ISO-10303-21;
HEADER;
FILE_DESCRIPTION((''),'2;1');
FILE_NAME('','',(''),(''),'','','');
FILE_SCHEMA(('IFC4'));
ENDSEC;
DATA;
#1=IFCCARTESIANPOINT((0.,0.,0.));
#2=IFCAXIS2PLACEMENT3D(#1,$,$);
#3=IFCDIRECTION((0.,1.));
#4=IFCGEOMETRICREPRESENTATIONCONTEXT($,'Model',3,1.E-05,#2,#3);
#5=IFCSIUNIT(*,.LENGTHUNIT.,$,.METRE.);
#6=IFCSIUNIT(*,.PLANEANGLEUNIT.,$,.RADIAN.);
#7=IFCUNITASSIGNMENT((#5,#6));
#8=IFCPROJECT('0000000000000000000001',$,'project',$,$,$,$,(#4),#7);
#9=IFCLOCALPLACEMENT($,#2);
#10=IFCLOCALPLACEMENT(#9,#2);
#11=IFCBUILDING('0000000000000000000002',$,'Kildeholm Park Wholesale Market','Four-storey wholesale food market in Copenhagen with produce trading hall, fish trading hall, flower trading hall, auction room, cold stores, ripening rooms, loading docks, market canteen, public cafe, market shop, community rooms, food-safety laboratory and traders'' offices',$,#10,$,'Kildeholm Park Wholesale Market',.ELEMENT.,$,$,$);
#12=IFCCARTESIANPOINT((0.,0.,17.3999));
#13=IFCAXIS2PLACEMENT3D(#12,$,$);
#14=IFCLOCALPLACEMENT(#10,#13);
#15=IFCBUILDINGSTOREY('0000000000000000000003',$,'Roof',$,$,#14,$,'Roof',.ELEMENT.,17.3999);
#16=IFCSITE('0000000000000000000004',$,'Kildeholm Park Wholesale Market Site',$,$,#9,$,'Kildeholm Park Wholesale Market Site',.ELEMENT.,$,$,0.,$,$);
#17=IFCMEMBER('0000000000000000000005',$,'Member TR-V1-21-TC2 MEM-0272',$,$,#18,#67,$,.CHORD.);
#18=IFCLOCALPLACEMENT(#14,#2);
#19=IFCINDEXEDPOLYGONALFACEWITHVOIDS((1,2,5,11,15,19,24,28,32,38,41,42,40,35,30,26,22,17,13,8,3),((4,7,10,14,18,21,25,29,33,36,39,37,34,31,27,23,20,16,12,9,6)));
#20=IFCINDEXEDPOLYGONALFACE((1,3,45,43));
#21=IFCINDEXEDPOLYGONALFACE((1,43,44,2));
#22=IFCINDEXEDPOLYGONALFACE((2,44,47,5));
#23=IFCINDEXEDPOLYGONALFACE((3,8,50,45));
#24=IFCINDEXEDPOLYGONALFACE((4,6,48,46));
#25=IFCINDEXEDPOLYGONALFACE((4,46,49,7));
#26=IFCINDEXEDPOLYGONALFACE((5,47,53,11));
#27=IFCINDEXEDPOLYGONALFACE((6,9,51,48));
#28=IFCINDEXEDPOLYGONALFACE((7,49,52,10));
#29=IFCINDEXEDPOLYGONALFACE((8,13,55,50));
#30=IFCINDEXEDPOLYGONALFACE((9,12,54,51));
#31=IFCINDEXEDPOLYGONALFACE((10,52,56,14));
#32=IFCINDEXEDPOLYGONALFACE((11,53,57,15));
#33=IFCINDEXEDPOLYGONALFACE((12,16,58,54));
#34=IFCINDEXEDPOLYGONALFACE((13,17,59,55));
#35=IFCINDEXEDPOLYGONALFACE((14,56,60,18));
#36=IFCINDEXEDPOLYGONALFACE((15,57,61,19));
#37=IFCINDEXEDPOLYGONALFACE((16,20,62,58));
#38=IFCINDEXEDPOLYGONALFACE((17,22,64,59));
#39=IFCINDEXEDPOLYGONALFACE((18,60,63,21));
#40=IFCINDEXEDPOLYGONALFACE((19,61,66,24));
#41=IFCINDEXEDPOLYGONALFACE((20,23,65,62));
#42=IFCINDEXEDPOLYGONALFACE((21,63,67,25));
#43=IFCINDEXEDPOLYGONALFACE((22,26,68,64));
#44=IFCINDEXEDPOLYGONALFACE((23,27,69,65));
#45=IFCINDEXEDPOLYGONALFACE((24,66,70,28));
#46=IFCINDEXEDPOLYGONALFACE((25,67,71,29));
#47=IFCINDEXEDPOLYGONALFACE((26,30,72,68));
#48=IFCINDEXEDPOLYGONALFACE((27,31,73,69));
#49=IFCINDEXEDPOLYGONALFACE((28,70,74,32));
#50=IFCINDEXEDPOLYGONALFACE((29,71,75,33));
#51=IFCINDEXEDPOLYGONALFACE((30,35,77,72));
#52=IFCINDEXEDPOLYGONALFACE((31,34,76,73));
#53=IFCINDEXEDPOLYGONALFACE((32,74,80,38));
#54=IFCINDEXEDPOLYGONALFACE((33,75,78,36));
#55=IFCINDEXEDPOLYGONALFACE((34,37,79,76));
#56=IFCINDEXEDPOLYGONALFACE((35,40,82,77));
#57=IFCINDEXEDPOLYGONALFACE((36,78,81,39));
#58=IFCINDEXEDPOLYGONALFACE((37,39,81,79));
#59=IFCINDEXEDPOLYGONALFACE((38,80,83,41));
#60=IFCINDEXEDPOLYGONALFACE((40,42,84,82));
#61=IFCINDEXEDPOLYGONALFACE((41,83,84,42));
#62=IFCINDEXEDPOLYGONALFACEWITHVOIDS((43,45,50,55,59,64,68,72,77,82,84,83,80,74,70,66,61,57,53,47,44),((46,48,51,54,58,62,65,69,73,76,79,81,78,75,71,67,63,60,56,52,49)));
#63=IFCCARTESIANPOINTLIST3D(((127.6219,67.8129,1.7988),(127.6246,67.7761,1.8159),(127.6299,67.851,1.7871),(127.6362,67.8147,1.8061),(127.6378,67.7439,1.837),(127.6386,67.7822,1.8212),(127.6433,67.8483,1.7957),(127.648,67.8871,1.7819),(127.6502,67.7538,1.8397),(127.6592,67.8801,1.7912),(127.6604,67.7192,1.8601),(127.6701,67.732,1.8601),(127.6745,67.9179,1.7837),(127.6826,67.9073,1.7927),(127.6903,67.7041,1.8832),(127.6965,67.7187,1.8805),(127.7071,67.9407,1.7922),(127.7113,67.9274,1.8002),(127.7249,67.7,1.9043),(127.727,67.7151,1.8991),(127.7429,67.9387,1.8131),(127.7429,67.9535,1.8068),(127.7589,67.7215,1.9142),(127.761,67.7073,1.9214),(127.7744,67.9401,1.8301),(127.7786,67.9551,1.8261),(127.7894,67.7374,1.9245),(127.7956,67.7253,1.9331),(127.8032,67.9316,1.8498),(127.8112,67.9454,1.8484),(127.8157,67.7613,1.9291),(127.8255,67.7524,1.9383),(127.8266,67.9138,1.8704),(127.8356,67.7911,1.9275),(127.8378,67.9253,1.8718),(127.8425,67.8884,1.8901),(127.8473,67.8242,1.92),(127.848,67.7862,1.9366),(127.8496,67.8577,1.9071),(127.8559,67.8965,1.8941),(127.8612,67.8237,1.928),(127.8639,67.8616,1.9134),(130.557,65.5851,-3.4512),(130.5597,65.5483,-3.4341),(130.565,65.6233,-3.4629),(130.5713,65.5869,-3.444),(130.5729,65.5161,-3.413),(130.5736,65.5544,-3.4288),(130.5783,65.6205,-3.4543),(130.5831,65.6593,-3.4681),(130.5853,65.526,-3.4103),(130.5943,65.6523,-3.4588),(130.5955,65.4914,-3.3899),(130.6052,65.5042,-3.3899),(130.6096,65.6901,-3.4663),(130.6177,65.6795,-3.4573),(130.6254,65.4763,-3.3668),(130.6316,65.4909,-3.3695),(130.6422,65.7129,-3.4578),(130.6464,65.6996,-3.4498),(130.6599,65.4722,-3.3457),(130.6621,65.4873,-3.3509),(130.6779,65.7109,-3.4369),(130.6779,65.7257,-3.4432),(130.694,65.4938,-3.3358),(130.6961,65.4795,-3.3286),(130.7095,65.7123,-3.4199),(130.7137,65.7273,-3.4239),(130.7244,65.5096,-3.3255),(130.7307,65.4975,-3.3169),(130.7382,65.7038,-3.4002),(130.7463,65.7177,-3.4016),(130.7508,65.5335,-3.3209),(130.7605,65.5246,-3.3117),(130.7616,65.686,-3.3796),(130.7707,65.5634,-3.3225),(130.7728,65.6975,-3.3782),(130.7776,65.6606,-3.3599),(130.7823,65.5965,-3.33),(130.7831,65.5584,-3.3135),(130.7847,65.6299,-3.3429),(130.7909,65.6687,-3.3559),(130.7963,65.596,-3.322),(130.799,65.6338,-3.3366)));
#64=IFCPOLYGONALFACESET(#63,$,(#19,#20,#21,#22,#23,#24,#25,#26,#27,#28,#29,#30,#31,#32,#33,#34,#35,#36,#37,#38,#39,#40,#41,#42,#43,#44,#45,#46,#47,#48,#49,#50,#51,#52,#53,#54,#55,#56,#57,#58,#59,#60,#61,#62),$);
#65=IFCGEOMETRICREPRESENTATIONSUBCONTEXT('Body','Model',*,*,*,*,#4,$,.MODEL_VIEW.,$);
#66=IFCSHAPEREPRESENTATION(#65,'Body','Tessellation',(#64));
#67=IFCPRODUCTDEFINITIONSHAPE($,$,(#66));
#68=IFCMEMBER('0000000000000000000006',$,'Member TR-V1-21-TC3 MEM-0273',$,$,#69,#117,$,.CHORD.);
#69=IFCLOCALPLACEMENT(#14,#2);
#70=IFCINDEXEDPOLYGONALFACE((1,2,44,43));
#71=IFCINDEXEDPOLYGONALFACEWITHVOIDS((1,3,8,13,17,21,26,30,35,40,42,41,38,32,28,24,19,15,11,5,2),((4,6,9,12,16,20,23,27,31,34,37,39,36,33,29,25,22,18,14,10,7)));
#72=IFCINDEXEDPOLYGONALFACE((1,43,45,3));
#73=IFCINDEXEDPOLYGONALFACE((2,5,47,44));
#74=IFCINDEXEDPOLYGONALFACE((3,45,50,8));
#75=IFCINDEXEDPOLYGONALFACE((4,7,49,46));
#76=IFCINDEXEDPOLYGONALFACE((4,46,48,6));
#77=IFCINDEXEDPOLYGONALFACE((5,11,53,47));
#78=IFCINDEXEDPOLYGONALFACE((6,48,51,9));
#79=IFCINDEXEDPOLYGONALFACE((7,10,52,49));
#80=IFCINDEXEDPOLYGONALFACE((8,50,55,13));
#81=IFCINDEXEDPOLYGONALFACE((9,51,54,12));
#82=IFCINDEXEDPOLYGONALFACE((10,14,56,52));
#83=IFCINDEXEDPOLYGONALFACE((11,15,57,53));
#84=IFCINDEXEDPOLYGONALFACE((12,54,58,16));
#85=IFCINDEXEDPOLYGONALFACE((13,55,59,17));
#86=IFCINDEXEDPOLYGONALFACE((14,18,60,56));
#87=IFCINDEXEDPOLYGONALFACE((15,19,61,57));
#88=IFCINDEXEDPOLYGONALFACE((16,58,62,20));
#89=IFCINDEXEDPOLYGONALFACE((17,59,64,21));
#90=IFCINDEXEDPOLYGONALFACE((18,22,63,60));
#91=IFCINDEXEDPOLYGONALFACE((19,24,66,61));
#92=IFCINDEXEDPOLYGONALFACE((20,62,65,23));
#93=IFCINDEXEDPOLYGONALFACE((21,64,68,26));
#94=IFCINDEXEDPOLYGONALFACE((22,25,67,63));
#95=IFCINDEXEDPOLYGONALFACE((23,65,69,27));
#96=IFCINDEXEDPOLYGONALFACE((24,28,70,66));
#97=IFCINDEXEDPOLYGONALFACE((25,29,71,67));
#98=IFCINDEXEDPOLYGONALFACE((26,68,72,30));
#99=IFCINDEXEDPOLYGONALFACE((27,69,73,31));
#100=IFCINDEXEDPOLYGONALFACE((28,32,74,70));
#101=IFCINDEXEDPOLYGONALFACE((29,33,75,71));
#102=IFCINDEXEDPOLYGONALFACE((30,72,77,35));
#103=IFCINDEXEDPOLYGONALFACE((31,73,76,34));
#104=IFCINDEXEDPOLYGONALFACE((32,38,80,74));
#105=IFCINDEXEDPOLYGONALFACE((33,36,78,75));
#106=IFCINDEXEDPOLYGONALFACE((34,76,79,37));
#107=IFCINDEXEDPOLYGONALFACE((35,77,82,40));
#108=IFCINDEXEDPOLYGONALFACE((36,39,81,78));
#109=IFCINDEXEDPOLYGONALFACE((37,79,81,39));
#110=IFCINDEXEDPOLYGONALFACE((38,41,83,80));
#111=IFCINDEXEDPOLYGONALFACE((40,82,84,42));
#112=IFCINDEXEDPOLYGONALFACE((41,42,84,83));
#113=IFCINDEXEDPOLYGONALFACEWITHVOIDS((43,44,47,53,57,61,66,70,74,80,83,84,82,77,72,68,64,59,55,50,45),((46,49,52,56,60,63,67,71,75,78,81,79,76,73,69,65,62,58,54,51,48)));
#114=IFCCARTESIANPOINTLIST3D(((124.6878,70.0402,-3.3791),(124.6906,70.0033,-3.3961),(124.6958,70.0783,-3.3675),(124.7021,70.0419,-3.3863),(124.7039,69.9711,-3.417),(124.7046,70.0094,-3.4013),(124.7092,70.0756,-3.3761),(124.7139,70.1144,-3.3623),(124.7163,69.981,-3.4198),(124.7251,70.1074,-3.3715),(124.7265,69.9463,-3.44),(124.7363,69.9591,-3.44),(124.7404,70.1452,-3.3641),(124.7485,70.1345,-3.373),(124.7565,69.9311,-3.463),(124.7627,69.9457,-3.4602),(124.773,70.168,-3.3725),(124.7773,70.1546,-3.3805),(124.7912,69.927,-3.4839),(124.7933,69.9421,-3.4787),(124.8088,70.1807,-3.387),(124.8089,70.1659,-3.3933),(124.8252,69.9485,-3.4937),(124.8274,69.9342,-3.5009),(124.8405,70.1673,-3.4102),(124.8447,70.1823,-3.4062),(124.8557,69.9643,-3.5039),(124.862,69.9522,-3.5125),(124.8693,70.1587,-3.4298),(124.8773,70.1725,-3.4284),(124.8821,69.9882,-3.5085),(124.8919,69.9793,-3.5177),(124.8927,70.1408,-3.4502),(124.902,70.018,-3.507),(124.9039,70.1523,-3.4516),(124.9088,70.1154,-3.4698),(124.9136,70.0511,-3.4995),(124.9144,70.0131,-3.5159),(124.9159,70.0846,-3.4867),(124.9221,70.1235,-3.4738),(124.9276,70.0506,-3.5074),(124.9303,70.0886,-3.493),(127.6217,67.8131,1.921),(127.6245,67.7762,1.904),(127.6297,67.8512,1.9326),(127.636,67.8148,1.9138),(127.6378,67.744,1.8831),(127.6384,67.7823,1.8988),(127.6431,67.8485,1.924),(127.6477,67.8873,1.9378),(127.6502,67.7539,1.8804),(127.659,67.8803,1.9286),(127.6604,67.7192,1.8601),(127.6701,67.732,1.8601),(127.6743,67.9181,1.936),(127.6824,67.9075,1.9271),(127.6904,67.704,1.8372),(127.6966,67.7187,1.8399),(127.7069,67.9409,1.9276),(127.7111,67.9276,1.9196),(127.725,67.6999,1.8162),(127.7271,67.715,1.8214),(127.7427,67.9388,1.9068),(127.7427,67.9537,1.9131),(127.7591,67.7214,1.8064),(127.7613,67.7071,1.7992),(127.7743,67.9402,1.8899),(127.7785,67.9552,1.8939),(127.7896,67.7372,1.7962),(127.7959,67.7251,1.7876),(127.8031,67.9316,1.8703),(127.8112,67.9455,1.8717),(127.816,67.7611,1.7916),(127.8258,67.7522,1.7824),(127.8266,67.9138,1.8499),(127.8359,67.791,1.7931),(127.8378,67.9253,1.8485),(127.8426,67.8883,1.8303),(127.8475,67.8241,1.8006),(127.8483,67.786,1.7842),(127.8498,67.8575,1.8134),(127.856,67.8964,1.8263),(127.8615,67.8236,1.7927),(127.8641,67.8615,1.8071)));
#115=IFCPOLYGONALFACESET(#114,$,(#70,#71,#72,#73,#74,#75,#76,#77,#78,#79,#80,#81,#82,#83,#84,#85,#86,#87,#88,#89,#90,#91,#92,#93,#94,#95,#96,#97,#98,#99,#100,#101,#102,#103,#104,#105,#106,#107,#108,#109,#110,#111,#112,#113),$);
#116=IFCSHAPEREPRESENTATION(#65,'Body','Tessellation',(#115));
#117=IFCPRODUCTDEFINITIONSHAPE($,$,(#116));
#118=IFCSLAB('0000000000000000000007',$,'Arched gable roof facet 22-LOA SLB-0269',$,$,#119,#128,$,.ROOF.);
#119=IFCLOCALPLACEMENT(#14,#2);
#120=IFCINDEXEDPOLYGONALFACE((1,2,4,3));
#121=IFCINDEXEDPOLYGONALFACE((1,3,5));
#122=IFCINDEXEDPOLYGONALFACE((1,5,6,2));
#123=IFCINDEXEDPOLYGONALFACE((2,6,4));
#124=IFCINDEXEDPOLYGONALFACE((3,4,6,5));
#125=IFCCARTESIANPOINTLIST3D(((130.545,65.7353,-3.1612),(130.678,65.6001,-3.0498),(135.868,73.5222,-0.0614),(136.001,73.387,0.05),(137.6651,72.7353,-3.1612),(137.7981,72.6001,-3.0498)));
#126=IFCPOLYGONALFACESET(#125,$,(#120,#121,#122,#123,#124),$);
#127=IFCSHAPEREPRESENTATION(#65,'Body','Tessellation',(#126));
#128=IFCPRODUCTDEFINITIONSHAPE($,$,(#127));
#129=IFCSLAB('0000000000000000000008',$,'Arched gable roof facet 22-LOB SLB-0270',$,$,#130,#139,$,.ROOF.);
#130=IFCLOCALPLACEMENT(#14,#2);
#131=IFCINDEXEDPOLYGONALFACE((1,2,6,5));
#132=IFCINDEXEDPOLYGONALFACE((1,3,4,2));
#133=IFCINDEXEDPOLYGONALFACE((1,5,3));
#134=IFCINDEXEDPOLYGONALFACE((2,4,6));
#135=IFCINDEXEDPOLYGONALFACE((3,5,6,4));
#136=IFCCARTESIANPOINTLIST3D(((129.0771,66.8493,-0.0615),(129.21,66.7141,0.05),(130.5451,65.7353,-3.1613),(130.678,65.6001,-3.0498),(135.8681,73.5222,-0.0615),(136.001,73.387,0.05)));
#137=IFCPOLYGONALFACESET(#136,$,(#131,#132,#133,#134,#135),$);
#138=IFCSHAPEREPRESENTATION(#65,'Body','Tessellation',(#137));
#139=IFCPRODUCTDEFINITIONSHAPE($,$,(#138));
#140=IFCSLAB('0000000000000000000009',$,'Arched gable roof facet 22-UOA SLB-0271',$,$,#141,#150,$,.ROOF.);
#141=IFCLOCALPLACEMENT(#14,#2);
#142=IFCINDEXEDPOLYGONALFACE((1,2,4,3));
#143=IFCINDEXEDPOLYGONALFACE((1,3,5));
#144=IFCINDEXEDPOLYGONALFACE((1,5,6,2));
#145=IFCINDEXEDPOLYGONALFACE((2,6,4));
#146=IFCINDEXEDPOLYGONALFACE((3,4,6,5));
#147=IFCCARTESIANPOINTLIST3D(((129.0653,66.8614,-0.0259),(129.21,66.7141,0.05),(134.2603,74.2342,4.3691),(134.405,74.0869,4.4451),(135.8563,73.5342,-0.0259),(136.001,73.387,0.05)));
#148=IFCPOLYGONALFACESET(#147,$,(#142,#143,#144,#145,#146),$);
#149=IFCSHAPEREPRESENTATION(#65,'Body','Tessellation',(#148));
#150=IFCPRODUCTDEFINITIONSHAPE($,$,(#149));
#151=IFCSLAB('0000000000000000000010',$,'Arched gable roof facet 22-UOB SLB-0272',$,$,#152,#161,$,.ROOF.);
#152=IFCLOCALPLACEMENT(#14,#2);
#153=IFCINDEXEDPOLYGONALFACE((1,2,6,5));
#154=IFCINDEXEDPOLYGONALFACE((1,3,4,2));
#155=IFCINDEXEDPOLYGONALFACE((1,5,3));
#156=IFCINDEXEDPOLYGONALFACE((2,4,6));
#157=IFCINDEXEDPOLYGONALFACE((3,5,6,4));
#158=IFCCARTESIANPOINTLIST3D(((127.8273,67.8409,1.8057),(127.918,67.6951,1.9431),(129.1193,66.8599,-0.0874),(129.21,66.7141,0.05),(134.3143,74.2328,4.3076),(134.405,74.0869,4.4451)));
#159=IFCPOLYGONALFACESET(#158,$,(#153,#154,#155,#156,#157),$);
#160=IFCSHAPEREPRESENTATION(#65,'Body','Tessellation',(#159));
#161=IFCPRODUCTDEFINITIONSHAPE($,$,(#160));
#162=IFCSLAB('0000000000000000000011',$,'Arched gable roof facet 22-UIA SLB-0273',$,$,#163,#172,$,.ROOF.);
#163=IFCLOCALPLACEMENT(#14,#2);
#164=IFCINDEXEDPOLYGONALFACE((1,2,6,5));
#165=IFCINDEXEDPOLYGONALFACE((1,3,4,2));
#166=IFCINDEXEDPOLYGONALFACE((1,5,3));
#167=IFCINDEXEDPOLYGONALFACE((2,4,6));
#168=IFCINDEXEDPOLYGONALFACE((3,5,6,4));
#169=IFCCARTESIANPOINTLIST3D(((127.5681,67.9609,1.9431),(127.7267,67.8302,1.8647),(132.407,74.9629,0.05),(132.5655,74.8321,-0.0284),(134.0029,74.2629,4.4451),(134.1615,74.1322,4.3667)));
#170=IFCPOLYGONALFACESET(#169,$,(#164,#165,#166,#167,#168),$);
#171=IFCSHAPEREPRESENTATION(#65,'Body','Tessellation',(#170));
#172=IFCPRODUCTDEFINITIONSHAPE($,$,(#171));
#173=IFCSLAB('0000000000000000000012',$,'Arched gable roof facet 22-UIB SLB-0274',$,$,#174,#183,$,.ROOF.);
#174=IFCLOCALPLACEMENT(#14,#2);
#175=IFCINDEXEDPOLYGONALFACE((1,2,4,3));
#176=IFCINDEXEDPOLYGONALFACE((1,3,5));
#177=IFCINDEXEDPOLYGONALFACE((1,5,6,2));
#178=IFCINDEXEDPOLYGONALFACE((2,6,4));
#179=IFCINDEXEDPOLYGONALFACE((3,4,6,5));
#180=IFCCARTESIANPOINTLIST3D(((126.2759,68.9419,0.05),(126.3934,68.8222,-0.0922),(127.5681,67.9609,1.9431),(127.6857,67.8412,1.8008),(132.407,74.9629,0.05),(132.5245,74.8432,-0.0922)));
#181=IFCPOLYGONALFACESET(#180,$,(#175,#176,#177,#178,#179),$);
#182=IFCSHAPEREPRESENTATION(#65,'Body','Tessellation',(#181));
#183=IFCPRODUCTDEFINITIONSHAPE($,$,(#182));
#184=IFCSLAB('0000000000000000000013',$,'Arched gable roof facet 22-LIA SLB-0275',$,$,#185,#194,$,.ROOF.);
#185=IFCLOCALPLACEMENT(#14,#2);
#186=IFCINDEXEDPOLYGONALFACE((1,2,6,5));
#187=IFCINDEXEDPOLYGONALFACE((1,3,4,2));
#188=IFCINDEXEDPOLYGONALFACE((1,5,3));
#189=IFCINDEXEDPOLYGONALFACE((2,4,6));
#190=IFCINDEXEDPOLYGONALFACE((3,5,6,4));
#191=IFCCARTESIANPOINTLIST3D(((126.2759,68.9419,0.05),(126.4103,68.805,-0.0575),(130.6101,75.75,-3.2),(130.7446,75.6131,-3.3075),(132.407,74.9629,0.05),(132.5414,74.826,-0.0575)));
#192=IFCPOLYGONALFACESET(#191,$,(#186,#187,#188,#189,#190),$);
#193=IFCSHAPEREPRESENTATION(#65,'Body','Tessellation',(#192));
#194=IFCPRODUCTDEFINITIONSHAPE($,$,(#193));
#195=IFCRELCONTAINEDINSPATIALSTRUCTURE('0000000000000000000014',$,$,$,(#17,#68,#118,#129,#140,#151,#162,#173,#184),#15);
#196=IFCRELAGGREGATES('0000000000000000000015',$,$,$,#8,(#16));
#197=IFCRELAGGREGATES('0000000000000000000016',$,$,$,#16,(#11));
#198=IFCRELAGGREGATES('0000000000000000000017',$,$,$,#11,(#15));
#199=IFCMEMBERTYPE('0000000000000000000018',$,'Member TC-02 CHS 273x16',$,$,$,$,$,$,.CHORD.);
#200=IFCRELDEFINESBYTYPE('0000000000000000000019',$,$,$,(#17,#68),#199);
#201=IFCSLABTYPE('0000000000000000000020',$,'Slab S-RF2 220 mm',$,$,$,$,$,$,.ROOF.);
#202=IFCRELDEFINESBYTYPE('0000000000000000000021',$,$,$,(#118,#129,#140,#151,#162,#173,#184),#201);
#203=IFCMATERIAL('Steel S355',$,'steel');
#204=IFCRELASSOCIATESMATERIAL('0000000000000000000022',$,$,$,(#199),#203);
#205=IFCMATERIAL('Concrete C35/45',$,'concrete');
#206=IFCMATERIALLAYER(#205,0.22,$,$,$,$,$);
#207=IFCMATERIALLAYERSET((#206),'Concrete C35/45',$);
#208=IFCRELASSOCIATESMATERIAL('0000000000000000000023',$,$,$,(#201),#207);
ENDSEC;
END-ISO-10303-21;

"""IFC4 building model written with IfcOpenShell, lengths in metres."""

from ifc_helpers import new_model, si_unit, direction, frame, origin, origin_2d, place, context, subcontext, project, spatial, polyline, hollow_circle, outline, extrude, material, layer, layer_set, material_profile, profile_set, type_object, element, save


model = new_model("IFC4")

# Units and contexts
model_context = context("Model", 3, precision=1e-05, world=origin(), true_north=direction((0.0, 1.0)))
body_context = subcontext(model_context, "Body", "Model", "MODEL_VIEW")
ifc_project = project(units=[si_unit("LENGTHUNIT", "METRE"), si_unit("PLANEANGLEUNIT", "RADIAN")], contexts=[model_context])

# Site, building, storey
site_placement = place(None, origin())
site = spatial("IfcSite", under=ifc_project, at=site_placement, Name="Kildeholm Park Wholesale Market Site", LongName="Kildeholm Park Wholesale Market Site", CompositionType="ELEMENT", RefElevation=0.0)
building_placement = place(site_placement, origin())
building = spatial("IfcBuilding", under=site, at=building_placement, Name="Kildeholm Park Wholesale Market", Description="Four-storey wholesale food market in Copenhagen with produce trading hall, fish trading hall, flower trading hall, auction room, cold stores, ripening rooms, loading docks, market canteen, public cafe, market shop, community rooms, food-safety laboratory and traders' offices", LongName="Kildeholm Park Wholesale Market", CompositionType="ELEMENT")
storey_placement = place(building_placement, frame((0.0, 0.0, 17.3999)))
storey = spatial("IfcBuildingStorey", under=building, at=storey_placement, Name="Roof", LongName="Roof", CompositionType="ELEMENT", Elevation=17.3999)

# Members
ifc_material_1 = material(Name="Steel S355", Category="steel")
ifc_material_profile_1 = material_profile(ifc_material_1, hollow_circle(Radius=0.1365, WallThickness=0.0161, at=origin_2d()), Name="CHS 273x16")
ifc_profile_set_1 = profile_set([ifc_material_profile_1], Name="Steel S355")
member_type_1 = type_object("IfcMemberType", Name="Member TC-02 CHS 273x16", PredefinedType="CHORD", material=ifc_profile_set_1)
member_1_placement = place(storey_placement, frame((130.678, 65.6001, -3.3899), z_axis=(-0.457598, 0.347328, 0.818515), x_axis=(-0.604591, -0.796536, 0.0)))
element("IfcMember", 1, at=member_1_placement, inside=storey, type_object=member_type_1, Name="Member TR-V1-21-TC2 MEM-0272", PredefinedType="CHORD", context=body_context, shape_type="SweptSolid", body=[
    extrude(hollow_circle(Radius=0.1365, WallThickness=0.0161, at=origin_2d()), origin(), (0.0, 0.0, 1.0), 6.4141),
])
member_2_placement = place(storey_placement, frame((127.7429, 67.8279, 1.8601), z_axis=(-0.454557, 0.34505, -0.821169), x_axis=(-0.604624, -0.796511, 0.0)))
element("IfcMember", 2, at=member_2_placement, inside=storey, type_object=member_type_1, Name="Member TR-V1-21-TC3 MEM-0273", PredefinedType="CHORD", context=body_context, shape_type="SweptSolid", body=[
    extrude(hollow_circle(Radius=0.1365, WallThickness=0.0161, at=origin_2d()), origin(), (0.0, 0.0, 1.0), 6.4543),
])

# Slabs
ifc_material_2 = material(Name="Concrete C35/45", Category="concrete")
ifc_layer_1 = layer(ifc_material_2, 0.22)
ifc_layer_set_1 = layer_set([ifc_layer_1], Name="Concrete C35/45")
slab_type = type_object("IfcSlabType", Name="Slab S-RF2 220 mm", PredefinedType="ROOF", material=ifc_layer_set_1)
slab_1_placement = place(storey_placement, frame((130.678, 65.6001, -3.0498), z_axis=(0.60448, -0.614853, 0.506517), x_axis=(0.713096, 0.701066, 0.0)))
element("IfcSlab", 3, at=slab_1_placement, inside=storey, type_object=slab_type, Name="Arched gable roof facet 22-LOA SLB-0269", PredefinedType="ROOF", context=body_context, shape_type="SweptSolid", body=[
    extrude(outline(polyline([(0.0, 0.0), (9.9848, 0.0), (9.2549, 3.5952), (0.0, 0.0)])), origin(), (0.0, 0.0, -1.0), 0.22),
])
slab_2_placement = place(storey_placement, frame((130.678, 65.6001, -3.0498), z_axis=(0.604102, -0.6148, 0.507033), x_axis=(0.536123, 0.78428, 0.312212)))
element("IfcSlab", 4, at=slab_2_placement, inside=storey, type_object=slab_type, Name="Arched gable roof facet 22-LOB SLB-0270", PredefinedType="ROOF", context=body_context, shape_type="SweptSolid", body=[
    extrude(outline(polyline([(0.0, 0.0), (9.9287, 0.0), (1.0545, 3.4487), (0.0, 0.0)])), origin(), (0.0, 0.0, -1.0), 0.22),
])
slab_3_placement = place(storey_placement, frame((129.21, 66.7141, 0.05), z_axis=(0.657728, -0.669375, 0.345443), x_axis=(0.713285, 0.700874, 0.0)))
element("IfcSlab", 5, at=slab_3_placement, inside=storey, type_object=slab_type, Name="Arched gable roof facet 22-UOA SLB-0271", PredefinedType="ROOF", context=body_context, shape_type="SweptSolid", body=[
    extrude(outline(polyline([(0.0, 0.0), (9.5208, 0.0), (8.873, 4.6833), (0.0, 0.0)])), origin(), (0.0, 0.0, -1.0), 0.22),
])
slab_4_placement = place(storey_placement, frame((129.21, 66.7141, 0.05), z_axis=(0.412244, -0.662989, 0.624901), x_axis=(0.517793, 0.734848, 0.438052)))
element("IfcSlab", 6, at=slab_4_placement, inside=storey, type_object=slab_type, Name="Arched gable roof facet 22-UOB SLB-0272", PredefinedType="ROOF", context=body_context, shape_type="SweptSolid", body=[
    extrude(outline(polyline([(0.0, 0.0), (10.0331, 0.0), (0.8811, 2.3321), (0.0, 0.0)])), origin(), (0.0, 0.0, -1.0), 0.22),
])
slab_5_placement = place(storey_placement, frame((127.5681, 67.9609, 1.9431), z_axis=(-0.720798, 0.594487, 0.356419), x_axis=(0.688376, 0.674168, 0.267651)))
element("IfcSlab", 7, at=slab_5_placement, inside=storey, type_object=slab_type, Name="Arched gable roof facet 22-UIA SLB-0273", PredefinedType="ROOF", context=body_context, shape_type="SweptSolid", body=[
    extrude(outline(polyline([(0.0, 0.0), (9.3478, 0.0), (7.5448, 4.3706), (0.0, 0.0)])), origin(), (0.0, 0.0, -1.0), 0.22),
])
slab_6_placement = place(storey_placement, frame((127.5681, 67.9609, 1.9431), z_axis=(-0.534395, 0.544167, 0.646765), x_axis=(0.554962, 0.803043, -0.217113)))
element("IfcSlab", 8, at=slab_6_placement, inside=storey, type_object=slab_type, Name="Arched gable roof facet 22-UIB SLB-0274", PredefinedType="ROOF", context=body_context, shape_type="SweptSolid", body=[
    extrude(outline(polyline([(0.0, 0.0), (8.7193, 0.0), (0.4816, 2.4462), (0.0, 0.0)])), origin(), (0.0, 0.0, -1.0), 0.22),
])
slab_7_placement = place(storey_placement, frame((126.2759, 68.9419, 0.05), z_axis=(-0.611291, 0.62247, 0.488728), x_axis=(0.713484, 0.700671, 0.0)))
element("IfcSlab", 9, at=slab_7_placement, inside=storey, type_object=slab_type, Name="Arched gable roof facet 22-LIA SLB-0275", PredefinedType="ROOF", context=body_context, shape_type="SweptSolid", body=[
    extrude(outline(polyline([(0.0, 0.0), (8.5932, 0.0), (7.8626, 3.7252), (0.0, 0.0)])), origin(), (0.0, 0.0, -1.0), 0.22),
])

save(model, "model.ifc")
